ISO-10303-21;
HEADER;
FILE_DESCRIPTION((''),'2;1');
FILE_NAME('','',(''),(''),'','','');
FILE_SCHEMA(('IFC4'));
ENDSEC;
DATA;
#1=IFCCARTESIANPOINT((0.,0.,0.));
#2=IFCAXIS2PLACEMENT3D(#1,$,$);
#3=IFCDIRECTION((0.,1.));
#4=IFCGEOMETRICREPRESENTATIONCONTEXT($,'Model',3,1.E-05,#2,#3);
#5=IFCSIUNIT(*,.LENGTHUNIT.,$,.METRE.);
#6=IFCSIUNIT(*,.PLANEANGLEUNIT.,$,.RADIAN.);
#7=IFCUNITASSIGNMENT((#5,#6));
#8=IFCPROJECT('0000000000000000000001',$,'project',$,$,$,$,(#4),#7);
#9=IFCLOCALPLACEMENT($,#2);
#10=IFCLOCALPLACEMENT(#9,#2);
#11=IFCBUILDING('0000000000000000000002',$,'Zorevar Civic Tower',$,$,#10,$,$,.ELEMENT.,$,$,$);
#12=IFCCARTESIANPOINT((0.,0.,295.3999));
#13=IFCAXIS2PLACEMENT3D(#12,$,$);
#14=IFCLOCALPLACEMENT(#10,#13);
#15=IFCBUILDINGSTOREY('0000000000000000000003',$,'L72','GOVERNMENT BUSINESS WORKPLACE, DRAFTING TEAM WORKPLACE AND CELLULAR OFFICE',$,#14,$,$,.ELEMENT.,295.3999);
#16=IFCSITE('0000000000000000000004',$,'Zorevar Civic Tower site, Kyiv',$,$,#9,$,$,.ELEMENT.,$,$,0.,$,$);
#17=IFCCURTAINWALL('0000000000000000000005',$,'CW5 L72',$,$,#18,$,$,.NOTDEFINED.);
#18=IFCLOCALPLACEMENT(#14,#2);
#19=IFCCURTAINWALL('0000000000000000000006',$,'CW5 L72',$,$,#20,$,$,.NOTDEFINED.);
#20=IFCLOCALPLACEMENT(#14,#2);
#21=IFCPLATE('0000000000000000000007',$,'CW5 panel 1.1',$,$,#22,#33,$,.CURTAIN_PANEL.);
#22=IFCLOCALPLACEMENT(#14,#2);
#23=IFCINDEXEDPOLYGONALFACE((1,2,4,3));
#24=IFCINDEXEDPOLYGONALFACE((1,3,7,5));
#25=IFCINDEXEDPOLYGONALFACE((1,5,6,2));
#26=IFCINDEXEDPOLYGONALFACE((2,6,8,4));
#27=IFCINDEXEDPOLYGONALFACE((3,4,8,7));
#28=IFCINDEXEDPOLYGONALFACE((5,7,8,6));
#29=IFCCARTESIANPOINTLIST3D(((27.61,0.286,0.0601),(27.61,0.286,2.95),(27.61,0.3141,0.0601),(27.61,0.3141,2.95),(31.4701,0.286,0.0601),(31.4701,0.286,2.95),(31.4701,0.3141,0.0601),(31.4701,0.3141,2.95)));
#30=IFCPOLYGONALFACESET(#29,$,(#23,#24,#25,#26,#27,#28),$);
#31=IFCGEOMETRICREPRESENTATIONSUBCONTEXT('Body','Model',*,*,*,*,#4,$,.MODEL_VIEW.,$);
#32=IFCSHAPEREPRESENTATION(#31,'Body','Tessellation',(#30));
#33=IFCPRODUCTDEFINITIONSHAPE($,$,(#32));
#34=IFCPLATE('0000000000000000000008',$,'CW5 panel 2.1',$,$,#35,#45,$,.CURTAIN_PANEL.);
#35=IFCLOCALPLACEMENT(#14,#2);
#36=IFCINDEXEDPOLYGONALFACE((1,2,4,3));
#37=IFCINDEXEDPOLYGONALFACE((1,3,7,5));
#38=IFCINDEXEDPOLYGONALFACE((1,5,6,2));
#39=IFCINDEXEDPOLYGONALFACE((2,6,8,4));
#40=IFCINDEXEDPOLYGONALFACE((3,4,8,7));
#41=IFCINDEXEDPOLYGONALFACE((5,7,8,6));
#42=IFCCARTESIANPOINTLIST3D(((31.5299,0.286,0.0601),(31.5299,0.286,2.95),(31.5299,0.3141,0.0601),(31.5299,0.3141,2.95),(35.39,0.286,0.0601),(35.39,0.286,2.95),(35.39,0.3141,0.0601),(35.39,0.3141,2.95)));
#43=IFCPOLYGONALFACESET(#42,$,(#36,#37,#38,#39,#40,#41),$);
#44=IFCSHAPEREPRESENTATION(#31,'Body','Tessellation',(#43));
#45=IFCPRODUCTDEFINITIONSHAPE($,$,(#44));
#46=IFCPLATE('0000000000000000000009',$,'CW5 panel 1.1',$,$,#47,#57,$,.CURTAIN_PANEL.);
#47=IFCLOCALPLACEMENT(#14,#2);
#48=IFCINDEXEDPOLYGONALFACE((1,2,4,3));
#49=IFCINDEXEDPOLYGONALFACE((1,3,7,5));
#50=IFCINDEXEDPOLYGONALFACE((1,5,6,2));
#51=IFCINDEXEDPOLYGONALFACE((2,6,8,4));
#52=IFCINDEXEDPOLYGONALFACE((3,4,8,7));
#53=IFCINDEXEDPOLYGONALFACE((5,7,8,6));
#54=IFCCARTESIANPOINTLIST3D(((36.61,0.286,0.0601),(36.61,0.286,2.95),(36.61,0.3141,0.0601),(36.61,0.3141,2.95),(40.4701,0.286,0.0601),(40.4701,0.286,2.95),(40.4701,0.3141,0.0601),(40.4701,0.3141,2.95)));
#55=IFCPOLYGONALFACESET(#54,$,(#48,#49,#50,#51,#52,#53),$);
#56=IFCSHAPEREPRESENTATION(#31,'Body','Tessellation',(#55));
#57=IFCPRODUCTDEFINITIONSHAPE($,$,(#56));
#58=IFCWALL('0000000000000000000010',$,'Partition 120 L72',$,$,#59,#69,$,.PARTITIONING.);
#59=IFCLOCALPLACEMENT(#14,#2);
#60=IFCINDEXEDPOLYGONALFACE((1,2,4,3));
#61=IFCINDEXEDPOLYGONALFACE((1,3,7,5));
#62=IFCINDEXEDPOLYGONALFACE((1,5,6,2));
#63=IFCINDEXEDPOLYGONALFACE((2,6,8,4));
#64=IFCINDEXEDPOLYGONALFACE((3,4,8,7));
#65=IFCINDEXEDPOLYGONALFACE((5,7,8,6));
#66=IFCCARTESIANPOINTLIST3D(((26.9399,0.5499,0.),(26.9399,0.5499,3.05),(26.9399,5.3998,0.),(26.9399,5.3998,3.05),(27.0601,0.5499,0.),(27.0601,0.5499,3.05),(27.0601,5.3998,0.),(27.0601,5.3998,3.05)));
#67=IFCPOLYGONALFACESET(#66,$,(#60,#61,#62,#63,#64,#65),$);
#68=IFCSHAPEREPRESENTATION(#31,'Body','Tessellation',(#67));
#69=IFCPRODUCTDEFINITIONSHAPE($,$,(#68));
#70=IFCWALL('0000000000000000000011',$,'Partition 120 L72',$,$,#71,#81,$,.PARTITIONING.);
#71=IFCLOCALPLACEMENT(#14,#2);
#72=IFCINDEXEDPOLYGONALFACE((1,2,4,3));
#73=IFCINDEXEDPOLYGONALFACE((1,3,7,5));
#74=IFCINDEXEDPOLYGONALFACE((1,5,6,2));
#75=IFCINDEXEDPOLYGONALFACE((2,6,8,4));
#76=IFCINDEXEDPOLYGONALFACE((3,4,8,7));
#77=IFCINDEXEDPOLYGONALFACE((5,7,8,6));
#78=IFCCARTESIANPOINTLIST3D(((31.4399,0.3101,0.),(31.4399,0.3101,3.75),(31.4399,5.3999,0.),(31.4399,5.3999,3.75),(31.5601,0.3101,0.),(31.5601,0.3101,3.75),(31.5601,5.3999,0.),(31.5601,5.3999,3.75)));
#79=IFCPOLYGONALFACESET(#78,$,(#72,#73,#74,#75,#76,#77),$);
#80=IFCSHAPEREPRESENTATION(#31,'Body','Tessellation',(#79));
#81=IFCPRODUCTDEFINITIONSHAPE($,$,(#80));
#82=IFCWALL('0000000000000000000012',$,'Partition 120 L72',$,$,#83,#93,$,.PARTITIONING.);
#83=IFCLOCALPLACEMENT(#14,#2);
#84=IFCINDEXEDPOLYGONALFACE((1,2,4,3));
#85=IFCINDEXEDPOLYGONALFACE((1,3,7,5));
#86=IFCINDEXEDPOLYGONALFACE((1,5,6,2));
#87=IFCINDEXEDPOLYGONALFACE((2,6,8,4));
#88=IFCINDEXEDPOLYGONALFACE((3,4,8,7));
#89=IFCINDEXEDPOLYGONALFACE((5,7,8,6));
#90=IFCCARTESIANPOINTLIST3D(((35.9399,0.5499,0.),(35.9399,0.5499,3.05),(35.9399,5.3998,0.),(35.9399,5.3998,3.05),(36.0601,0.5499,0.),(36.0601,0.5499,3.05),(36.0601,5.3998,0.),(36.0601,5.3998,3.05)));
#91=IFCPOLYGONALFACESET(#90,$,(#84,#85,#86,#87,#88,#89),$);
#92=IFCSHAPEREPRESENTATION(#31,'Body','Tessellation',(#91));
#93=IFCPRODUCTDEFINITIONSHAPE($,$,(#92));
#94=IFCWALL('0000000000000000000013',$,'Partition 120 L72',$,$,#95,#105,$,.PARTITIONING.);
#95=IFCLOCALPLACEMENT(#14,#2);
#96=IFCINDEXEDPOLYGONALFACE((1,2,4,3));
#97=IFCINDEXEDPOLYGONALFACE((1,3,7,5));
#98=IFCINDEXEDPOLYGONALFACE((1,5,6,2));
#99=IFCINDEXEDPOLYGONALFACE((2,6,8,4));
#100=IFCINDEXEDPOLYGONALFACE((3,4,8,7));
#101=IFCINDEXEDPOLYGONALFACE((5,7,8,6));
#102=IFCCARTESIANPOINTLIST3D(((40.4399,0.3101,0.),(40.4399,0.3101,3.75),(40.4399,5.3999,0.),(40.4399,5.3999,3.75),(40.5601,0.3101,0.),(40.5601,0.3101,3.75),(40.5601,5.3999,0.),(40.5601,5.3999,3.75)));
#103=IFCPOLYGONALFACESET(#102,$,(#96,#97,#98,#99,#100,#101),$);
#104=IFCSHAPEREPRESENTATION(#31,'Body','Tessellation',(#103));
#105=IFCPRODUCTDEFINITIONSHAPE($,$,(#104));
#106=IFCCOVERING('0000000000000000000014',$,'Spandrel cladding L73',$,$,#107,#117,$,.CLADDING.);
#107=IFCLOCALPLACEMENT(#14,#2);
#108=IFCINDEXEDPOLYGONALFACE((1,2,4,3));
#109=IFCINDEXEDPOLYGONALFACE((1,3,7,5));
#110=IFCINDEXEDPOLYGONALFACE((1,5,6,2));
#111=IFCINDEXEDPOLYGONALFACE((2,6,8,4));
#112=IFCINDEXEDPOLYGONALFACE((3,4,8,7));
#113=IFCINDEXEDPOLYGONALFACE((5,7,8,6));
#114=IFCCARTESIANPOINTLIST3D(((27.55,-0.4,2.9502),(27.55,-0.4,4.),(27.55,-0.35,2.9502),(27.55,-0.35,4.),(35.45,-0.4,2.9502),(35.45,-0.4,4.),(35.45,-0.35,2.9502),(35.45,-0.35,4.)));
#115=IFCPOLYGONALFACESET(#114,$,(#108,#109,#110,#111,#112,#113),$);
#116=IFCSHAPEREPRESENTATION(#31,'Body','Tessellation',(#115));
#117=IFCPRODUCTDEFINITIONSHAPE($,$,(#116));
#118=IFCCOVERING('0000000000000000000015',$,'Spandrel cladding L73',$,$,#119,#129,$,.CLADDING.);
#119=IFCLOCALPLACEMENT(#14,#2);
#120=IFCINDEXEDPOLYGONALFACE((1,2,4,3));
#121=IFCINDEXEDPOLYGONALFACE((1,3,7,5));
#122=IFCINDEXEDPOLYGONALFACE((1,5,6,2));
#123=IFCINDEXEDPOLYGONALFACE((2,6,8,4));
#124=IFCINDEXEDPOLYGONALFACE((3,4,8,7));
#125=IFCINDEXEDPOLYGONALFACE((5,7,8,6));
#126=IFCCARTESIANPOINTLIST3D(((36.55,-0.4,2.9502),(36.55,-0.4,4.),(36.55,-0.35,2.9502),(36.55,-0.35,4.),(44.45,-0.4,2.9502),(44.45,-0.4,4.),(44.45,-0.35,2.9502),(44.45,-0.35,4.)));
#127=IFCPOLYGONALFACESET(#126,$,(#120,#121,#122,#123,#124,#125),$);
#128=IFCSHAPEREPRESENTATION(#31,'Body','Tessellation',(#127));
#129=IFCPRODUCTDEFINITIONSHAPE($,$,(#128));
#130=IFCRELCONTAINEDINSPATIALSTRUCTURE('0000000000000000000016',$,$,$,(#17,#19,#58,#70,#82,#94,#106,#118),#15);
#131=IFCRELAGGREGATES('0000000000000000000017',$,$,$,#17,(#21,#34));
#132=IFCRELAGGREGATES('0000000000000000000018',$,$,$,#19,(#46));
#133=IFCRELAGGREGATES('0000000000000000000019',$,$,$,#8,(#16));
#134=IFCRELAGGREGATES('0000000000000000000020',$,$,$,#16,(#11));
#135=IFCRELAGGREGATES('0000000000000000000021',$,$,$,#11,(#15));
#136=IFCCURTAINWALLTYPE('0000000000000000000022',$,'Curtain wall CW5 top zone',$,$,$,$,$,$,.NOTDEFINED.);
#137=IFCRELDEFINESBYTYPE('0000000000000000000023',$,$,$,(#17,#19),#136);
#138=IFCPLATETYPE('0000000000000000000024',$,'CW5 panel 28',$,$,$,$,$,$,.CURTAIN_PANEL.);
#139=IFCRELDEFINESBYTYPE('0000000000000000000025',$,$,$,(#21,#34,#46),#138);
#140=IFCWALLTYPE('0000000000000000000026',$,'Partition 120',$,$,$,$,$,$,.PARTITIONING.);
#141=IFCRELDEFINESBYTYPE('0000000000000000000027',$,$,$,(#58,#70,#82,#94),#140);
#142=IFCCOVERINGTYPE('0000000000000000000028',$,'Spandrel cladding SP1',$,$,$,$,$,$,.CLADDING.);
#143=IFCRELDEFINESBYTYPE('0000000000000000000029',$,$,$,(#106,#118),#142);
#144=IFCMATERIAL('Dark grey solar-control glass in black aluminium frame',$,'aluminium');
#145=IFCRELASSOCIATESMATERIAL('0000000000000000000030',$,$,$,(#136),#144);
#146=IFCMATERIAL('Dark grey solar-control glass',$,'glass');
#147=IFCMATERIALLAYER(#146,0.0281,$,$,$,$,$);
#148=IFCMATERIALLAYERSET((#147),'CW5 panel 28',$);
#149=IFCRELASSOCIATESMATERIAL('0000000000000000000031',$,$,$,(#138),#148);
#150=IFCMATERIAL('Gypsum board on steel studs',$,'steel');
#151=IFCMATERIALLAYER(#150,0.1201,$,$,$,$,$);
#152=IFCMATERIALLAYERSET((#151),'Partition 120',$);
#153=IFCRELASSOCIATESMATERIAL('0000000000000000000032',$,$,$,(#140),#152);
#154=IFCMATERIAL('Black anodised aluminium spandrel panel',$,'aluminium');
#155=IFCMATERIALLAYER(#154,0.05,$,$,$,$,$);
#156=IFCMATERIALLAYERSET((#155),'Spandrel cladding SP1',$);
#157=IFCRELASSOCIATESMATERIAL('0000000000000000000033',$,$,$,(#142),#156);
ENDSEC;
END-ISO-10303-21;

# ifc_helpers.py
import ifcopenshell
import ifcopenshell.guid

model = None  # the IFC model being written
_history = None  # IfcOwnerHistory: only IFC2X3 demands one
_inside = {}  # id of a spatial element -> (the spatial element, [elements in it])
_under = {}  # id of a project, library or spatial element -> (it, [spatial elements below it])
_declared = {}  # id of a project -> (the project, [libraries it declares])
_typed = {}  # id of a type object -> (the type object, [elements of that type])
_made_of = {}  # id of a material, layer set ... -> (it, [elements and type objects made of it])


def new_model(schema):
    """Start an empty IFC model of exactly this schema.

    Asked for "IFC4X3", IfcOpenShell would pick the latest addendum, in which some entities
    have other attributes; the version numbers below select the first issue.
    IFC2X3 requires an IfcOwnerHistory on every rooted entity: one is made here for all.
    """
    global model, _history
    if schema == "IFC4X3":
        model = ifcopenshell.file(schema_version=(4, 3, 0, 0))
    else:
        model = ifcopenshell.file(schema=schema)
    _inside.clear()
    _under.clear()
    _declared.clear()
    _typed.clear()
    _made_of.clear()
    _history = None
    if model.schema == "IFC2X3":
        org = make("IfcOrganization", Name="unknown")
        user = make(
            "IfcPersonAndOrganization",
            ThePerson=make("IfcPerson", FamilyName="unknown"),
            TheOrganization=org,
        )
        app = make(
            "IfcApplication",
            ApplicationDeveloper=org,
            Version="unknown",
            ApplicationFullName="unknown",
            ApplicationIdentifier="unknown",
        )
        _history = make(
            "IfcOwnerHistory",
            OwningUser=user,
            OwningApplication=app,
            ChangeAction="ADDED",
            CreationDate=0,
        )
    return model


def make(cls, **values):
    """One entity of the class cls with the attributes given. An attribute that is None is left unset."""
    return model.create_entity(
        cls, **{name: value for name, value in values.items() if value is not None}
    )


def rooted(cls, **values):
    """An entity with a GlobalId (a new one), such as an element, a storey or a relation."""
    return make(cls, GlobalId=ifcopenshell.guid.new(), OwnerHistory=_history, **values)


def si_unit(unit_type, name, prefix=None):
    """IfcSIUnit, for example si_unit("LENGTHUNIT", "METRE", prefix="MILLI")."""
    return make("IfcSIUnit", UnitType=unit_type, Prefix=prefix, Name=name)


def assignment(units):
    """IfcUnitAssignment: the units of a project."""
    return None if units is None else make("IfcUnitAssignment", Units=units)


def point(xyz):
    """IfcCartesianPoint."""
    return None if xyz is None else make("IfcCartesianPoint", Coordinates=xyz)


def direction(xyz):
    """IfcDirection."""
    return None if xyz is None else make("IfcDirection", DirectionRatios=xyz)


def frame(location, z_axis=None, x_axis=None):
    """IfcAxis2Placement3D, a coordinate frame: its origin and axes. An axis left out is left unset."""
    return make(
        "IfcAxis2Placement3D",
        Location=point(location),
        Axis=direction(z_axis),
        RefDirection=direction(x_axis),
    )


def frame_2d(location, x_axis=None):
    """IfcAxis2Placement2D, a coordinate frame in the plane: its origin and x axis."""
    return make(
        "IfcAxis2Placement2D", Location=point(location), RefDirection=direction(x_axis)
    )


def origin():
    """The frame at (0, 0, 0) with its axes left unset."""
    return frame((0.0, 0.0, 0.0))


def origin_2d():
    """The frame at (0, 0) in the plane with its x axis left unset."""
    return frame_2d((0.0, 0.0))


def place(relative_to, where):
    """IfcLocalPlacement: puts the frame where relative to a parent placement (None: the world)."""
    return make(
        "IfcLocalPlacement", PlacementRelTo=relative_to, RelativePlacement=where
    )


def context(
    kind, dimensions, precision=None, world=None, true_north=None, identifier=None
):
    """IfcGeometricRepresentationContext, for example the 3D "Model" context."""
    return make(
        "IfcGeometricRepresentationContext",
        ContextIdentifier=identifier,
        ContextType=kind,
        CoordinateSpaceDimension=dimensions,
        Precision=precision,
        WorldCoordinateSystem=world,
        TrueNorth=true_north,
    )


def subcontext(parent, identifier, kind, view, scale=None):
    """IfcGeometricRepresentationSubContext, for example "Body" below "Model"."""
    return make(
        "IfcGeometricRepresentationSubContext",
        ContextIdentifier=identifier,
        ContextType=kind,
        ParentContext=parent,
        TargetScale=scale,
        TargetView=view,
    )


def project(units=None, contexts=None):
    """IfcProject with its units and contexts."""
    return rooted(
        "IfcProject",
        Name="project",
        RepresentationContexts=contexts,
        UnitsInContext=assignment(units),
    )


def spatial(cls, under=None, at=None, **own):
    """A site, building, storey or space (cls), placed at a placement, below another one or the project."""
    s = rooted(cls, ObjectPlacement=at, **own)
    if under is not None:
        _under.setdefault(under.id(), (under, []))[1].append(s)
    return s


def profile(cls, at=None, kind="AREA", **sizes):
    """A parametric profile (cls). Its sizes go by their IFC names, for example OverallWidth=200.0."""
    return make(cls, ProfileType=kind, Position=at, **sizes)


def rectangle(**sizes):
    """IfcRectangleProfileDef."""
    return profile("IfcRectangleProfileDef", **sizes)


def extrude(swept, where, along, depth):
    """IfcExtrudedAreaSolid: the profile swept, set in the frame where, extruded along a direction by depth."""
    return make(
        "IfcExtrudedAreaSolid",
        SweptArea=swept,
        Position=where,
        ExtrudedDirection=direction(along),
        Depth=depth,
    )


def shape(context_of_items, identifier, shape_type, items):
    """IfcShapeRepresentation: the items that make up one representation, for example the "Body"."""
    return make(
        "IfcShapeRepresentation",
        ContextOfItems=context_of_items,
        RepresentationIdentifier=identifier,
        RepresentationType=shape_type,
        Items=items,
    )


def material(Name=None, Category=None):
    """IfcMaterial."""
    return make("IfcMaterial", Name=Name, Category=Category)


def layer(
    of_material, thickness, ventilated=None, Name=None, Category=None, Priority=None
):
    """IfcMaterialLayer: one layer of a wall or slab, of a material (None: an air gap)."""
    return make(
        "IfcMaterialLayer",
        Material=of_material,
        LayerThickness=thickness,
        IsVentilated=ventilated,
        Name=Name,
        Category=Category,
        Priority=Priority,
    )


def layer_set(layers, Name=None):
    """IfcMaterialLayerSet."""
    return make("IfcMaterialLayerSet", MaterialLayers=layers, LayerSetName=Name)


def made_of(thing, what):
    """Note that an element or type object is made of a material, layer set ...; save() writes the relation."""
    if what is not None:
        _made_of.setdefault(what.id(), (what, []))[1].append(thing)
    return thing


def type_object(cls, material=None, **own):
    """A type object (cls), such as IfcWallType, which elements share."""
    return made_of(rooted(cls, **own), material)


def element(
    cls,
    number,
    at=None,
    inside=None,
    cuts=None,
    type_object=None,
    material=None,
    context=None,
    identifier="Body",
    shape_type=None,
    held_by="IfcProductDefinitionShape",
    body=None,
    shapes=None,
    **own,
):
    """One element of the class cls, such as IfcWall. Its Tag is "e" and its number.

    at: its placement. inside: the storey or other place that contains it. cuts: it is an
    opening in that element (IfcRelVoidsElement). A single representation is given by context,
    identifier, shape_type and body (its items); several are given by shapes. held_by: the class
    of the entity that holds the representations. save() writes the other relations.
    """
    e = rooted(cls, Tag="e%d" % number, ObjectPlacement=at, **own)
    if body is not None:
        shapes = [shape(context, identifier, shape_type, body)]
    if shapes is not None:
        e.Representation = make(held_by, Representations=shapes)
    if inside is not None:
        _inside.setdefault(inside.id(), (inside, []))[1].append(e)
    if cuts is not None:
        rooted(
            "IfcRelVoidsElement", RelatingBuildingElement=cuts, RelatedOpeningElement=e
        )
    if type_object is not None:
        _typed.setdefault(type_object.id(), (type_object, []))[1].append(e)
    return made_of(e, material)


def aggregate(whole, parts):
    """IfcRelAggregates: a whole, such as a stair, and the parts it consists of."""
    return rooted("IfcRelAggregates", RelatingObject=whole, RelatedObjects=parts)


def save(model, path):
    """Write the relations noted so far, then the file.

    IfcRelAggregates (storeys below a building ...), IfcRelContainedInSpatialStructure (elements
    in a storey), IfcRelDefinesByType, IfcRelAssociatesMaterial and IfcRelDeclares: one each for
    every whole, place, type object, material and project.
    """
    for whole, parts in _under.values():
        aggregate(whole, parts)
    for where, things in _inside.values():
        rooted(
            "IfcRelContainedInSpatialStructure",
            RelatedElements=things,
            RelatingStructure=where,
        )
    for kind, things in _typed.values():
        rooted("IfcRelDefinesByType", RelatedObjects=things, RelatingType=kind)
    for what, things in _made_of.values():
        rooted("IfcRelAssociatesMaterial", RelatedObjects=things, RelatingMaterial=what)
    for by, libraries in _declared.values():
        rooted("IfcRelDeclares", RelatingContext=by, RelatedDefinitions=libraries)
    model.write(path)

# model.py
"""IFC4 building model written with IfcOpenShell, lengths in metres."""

from ifc_helpers import new_model, si_unit, direction, frame, frame_2d, origin, origin_2d, place, context, subcontext, project, spatial, rectangle, extrude, material, layer, layer_set, type_object, element, aggregate, save


model = new_model("IFC4")

# Units and contexts
model_context = context("Model", 3, precision=1e-05, world=origin(), true_north=direction((0.0, 1.0)))
body_context = subcontext(model_context, "Body", "Model", "MODEL_VIEW")
ifc_project = project(units=[si_unit("LENGTHUNIT", "METRE"), si_unit("PLANEANGLEUNIT", "RADIAN")], contexts=[model_context])

# Site, building, storey
site_placement = place(None, origin())
site = spatial("IfcSite", under=ifc_project, at=site_placement, Name="Zorevar Civic Tower site, Kyiv", CompositionType="ELEMENT", RefElevation=0.0)
building_placement = place(site_placement, origin())
building = spatial("IfcBuilding", under=site, at=building_placement, Name="Zorevar Civic Tower", CompositionType="ELEMENT")
storey_placement = place(building_placement, frame((0.0, 0.0, 295.3999)))
storey = spatial("IfcBuildingStorey", under=building, at=storey_placement, Name="L72", Description="GOVERNMENT BUSINESS WORKPLACE, DRAFTING TEAM WORKPLACE AND CELLULAR OFFICE", CompositionType="ELEMENT", Elevation=295.3999)

# Curtain walls
ifc_material_1 = material(Name="Dark grey solar-control glass in black aluminium frame", Category="aluminium")
curtain_wall_type = type_object("IfcCurtainWallType", Name="Curtain wall CW5 top zone", PredefinedType="NOTDEFINED", material=ifc_material_1)
curtain_wall_1_placement = place(storey_placement, origin())
curtain_wall_1 = element("IfcCurtainWall", 1, at=curtain_wall_1_placement, inside=storey, type_object=curtain_wall_type, Name="CW5 L72", PredefinedType="NOTDEFINED")
curtain_wall_2_placement = place(storey_placement, origin())
curtain_wall_2 = element("IfcCurtainWall", 2, at=curtain_wall_2_placement, inside=storey, type_object=curtain_wall_type, Name="CW5 L72", PredefinedType="NOTDEFINED")

# Plates
ifc_material_2 = material(Name="Dark grey solar-control glass", Category="glass")
ifc_layer_1 = layer(ifc_material_2, 0.0281)
ifc_layer_set_1 = layer_set([ifc_layer_1], Name="CW5 panel 28")
plate_type = type_object("IfcPlateType", Name="CW5 panel 28", PredefinedType="CURTAIN_PANEL", material=ifc_layer_set_1)
plate_1_placement = place(storey_placement, frame((29.54, 0.3, 0.0601), z_axis=(0.0, 0.0, 1.0), x_axis=(1.0, 0.0, 0.0)))
plate_1 = element("IfcPlate", 3, at=plate_1_placement, type_object=plate_type, Name="CW5 panel 1.1", PredefinedType="CURTAIN_PANEL", context=body_context, shape_type="SweptSolid", body=[
    extrude(rectangle(XDim=3.8601, YDim=0.0281, at=origin_2d()), origin(), (0.0, 0.0, 1.0), 2.8899),
])
plate_2_placement = place(storey_placement, frame((33.46, 0.3, 0.0601), z_axis=(0.0, 0.0, 1.0), x_axis=(1.0, 0.0, 0.0)))
plate_2 = element("IfcPlate", 4, at=plate_2_placement, type_object=plate_type, Name="CW5 panel 2.1", PredefinedType="CURTAIN_PANEL", context=body_context, shape_type="SweptSolid", body=[
    extrude(rectangle(XDim=3.8601, YDim=0.0281, at=origin_2d()), origin(), (0.0, 0.0, 1.0), 2.8899),
])
aggregate(curtain_wall_1, [plate_1, plate_2])
plate_3_placement = place(storey_placement, frame((38.54, 0.3, 0.0601), z_axis=(0.0, 0.0, 1.0), x_axis=(1.0, 0.0, 0.0)))
plate_3 = element("IfcPlate", 5, at=plate_3_placement, type_object=plate_type, Name="CW5 panel 1.1", PredefinedType="CURTAIN_PANEL", context=body_context, shape_type="SweptSolid", body=[
    extrude(rectangle(XDim=3.8601, YDim=0.0281, at=origin_2d()), origin(), (0.0, 0.0, 1.0), 2.8899),
])
aggregate(curtain_wall_2, [plate_3])

# Walls
ifc_material_3 = material(Name="Gypsum board on steel studs", Category="steel")
ifc_layer_2 = layer(ifc_material_3, 0.1201)
ifc_layer_set_2 = layer_set([ifc_layer_2], Name="Partition 120")
wall_type = type_object("IfcWallType", Name="Partition 120", PredefinedType="PARTITIONING", material=ifc_layer_set_2)
wall_1_placement = place(storey_placement, frame((27.0, 0.55, 0.0), z_axis=(0.0, 0.0, 1.0), x_axis=(0.0, 1.0, 0.0)))
element("IfcWall", 6, at=wall_1_placement, inside=storey, type_object=wall_type, Name="Partition 120 L72", PredefinedType="PARTITIONING", context=body_context, shape_type="SweptSolid", body=[
    extrude(rectangle(XDim=4.8499, YDim=0.1201, at=frame_2d((2.4248, 0.0))), origin(), (0.0, 0.0, 1.0), 3.05),
])
wall_2_placement = place(storey_placement, frame((31.5, 0.3101, 0.0), z_axis=(0.0, 0.0, 1.0), x_axis=(0.0, 1.0, 0.0)))
element("IfcWall", 7, at=wall_2_placement, inside=storey, type_object=wall_type, Name="Partition 120 L72", PredefinedType="PARTITIONING", context=body_context, shape_type="SweptSolid", body=[
    extrude(rectangle(XDim=5.0898, YDim=0.1201, at=frame_2d((2.5449, 0.0))), origin(), (0.0, 0.0, 1.0), 3.75),
])
wall_3_placement = place(storey_placement, frame((36.0, 0.55, 0.0), z_axis=(0.0, 0.0, 1.0), x_axis=(0.0, 1.0, 0.0)))
element("IfcWall", 8, at=wall_3_placement, inside=storey, type_object=wall_type, Name="Partition 120 L72", PredefinedType="PARTITIONING", context=body_context, shape_type="SweptSolid", body=[
    extrude(rectangle(XDim=4.8499, YDim=0.1201, at=frame_2d((2.4248, 0.0))), origin(), (0.0, 0.0, 1.0), 3.05),
])
wall_4_placement = place(storey_placement, frame((40.5, 0.3101, 0.0), z_axis=(0.0, 0.0, 1.0), x_axis=(0.0, 1.0, 0.0)))
element("IfcWall", 9, at=wall_4_placement, inside=storey, type_object=wall_type, Name="Partition 120 L72", PredefinedType="PARTITIONING", context=body_context, shape_type="SweptSolid", body=[
    extrude(rectangle(XDim=5.0898, YDim=0.1201, at=frame_2d((2.5449, 0.0))), origin(), (0.0, 0.0, 1.0), 3.75),
])

# Coverings
ifc_material_4 = material(Name="Black anodised aluminium spandrel panel", Category="aluminium")
ifc_layer_3 = layer(ifc_material_4, 0.05)
ifc_layer_set_3 = layer_set([ifc_layer_3], Name="Spandrel cladding SP1")
covering_type = type_object("IfcCoveringType", Name="Spandrel cladding SP1", PredefinedType="CLADDING", material=ifc_layer_set_3)
for number, where, z_axis, x_axis, name in (
    (10, (27.55, -0.375, 2.9502), (0.0, 0.0, 1.0), (1.0, 0.0, 0.0), "Spandrel cladding L73"),
    (11, (36.55, -0.375, 2.9502), (0.0, 0.0, 1.0), (1.0, 0.0, 0.0), "Spandrel cladding L73"),
):
    element("IfcCovering", number, at=place(storey_placement, frame(where, z_axis=z_axis, x_axis=x_axis)), inside=storey, type_object=covering_type, Name=name, PredefinedType="CLADDING", context=body_context, shape_type="SweptSolid", body=[
        extrude(rectangle(XDim=7.8999, YDim=0.05, at=frame_2d((3.95, 0.0))), origin(), (0.0, 0.0, 1.0), 1.0498),
    ])

save(model, "model.ifc")
